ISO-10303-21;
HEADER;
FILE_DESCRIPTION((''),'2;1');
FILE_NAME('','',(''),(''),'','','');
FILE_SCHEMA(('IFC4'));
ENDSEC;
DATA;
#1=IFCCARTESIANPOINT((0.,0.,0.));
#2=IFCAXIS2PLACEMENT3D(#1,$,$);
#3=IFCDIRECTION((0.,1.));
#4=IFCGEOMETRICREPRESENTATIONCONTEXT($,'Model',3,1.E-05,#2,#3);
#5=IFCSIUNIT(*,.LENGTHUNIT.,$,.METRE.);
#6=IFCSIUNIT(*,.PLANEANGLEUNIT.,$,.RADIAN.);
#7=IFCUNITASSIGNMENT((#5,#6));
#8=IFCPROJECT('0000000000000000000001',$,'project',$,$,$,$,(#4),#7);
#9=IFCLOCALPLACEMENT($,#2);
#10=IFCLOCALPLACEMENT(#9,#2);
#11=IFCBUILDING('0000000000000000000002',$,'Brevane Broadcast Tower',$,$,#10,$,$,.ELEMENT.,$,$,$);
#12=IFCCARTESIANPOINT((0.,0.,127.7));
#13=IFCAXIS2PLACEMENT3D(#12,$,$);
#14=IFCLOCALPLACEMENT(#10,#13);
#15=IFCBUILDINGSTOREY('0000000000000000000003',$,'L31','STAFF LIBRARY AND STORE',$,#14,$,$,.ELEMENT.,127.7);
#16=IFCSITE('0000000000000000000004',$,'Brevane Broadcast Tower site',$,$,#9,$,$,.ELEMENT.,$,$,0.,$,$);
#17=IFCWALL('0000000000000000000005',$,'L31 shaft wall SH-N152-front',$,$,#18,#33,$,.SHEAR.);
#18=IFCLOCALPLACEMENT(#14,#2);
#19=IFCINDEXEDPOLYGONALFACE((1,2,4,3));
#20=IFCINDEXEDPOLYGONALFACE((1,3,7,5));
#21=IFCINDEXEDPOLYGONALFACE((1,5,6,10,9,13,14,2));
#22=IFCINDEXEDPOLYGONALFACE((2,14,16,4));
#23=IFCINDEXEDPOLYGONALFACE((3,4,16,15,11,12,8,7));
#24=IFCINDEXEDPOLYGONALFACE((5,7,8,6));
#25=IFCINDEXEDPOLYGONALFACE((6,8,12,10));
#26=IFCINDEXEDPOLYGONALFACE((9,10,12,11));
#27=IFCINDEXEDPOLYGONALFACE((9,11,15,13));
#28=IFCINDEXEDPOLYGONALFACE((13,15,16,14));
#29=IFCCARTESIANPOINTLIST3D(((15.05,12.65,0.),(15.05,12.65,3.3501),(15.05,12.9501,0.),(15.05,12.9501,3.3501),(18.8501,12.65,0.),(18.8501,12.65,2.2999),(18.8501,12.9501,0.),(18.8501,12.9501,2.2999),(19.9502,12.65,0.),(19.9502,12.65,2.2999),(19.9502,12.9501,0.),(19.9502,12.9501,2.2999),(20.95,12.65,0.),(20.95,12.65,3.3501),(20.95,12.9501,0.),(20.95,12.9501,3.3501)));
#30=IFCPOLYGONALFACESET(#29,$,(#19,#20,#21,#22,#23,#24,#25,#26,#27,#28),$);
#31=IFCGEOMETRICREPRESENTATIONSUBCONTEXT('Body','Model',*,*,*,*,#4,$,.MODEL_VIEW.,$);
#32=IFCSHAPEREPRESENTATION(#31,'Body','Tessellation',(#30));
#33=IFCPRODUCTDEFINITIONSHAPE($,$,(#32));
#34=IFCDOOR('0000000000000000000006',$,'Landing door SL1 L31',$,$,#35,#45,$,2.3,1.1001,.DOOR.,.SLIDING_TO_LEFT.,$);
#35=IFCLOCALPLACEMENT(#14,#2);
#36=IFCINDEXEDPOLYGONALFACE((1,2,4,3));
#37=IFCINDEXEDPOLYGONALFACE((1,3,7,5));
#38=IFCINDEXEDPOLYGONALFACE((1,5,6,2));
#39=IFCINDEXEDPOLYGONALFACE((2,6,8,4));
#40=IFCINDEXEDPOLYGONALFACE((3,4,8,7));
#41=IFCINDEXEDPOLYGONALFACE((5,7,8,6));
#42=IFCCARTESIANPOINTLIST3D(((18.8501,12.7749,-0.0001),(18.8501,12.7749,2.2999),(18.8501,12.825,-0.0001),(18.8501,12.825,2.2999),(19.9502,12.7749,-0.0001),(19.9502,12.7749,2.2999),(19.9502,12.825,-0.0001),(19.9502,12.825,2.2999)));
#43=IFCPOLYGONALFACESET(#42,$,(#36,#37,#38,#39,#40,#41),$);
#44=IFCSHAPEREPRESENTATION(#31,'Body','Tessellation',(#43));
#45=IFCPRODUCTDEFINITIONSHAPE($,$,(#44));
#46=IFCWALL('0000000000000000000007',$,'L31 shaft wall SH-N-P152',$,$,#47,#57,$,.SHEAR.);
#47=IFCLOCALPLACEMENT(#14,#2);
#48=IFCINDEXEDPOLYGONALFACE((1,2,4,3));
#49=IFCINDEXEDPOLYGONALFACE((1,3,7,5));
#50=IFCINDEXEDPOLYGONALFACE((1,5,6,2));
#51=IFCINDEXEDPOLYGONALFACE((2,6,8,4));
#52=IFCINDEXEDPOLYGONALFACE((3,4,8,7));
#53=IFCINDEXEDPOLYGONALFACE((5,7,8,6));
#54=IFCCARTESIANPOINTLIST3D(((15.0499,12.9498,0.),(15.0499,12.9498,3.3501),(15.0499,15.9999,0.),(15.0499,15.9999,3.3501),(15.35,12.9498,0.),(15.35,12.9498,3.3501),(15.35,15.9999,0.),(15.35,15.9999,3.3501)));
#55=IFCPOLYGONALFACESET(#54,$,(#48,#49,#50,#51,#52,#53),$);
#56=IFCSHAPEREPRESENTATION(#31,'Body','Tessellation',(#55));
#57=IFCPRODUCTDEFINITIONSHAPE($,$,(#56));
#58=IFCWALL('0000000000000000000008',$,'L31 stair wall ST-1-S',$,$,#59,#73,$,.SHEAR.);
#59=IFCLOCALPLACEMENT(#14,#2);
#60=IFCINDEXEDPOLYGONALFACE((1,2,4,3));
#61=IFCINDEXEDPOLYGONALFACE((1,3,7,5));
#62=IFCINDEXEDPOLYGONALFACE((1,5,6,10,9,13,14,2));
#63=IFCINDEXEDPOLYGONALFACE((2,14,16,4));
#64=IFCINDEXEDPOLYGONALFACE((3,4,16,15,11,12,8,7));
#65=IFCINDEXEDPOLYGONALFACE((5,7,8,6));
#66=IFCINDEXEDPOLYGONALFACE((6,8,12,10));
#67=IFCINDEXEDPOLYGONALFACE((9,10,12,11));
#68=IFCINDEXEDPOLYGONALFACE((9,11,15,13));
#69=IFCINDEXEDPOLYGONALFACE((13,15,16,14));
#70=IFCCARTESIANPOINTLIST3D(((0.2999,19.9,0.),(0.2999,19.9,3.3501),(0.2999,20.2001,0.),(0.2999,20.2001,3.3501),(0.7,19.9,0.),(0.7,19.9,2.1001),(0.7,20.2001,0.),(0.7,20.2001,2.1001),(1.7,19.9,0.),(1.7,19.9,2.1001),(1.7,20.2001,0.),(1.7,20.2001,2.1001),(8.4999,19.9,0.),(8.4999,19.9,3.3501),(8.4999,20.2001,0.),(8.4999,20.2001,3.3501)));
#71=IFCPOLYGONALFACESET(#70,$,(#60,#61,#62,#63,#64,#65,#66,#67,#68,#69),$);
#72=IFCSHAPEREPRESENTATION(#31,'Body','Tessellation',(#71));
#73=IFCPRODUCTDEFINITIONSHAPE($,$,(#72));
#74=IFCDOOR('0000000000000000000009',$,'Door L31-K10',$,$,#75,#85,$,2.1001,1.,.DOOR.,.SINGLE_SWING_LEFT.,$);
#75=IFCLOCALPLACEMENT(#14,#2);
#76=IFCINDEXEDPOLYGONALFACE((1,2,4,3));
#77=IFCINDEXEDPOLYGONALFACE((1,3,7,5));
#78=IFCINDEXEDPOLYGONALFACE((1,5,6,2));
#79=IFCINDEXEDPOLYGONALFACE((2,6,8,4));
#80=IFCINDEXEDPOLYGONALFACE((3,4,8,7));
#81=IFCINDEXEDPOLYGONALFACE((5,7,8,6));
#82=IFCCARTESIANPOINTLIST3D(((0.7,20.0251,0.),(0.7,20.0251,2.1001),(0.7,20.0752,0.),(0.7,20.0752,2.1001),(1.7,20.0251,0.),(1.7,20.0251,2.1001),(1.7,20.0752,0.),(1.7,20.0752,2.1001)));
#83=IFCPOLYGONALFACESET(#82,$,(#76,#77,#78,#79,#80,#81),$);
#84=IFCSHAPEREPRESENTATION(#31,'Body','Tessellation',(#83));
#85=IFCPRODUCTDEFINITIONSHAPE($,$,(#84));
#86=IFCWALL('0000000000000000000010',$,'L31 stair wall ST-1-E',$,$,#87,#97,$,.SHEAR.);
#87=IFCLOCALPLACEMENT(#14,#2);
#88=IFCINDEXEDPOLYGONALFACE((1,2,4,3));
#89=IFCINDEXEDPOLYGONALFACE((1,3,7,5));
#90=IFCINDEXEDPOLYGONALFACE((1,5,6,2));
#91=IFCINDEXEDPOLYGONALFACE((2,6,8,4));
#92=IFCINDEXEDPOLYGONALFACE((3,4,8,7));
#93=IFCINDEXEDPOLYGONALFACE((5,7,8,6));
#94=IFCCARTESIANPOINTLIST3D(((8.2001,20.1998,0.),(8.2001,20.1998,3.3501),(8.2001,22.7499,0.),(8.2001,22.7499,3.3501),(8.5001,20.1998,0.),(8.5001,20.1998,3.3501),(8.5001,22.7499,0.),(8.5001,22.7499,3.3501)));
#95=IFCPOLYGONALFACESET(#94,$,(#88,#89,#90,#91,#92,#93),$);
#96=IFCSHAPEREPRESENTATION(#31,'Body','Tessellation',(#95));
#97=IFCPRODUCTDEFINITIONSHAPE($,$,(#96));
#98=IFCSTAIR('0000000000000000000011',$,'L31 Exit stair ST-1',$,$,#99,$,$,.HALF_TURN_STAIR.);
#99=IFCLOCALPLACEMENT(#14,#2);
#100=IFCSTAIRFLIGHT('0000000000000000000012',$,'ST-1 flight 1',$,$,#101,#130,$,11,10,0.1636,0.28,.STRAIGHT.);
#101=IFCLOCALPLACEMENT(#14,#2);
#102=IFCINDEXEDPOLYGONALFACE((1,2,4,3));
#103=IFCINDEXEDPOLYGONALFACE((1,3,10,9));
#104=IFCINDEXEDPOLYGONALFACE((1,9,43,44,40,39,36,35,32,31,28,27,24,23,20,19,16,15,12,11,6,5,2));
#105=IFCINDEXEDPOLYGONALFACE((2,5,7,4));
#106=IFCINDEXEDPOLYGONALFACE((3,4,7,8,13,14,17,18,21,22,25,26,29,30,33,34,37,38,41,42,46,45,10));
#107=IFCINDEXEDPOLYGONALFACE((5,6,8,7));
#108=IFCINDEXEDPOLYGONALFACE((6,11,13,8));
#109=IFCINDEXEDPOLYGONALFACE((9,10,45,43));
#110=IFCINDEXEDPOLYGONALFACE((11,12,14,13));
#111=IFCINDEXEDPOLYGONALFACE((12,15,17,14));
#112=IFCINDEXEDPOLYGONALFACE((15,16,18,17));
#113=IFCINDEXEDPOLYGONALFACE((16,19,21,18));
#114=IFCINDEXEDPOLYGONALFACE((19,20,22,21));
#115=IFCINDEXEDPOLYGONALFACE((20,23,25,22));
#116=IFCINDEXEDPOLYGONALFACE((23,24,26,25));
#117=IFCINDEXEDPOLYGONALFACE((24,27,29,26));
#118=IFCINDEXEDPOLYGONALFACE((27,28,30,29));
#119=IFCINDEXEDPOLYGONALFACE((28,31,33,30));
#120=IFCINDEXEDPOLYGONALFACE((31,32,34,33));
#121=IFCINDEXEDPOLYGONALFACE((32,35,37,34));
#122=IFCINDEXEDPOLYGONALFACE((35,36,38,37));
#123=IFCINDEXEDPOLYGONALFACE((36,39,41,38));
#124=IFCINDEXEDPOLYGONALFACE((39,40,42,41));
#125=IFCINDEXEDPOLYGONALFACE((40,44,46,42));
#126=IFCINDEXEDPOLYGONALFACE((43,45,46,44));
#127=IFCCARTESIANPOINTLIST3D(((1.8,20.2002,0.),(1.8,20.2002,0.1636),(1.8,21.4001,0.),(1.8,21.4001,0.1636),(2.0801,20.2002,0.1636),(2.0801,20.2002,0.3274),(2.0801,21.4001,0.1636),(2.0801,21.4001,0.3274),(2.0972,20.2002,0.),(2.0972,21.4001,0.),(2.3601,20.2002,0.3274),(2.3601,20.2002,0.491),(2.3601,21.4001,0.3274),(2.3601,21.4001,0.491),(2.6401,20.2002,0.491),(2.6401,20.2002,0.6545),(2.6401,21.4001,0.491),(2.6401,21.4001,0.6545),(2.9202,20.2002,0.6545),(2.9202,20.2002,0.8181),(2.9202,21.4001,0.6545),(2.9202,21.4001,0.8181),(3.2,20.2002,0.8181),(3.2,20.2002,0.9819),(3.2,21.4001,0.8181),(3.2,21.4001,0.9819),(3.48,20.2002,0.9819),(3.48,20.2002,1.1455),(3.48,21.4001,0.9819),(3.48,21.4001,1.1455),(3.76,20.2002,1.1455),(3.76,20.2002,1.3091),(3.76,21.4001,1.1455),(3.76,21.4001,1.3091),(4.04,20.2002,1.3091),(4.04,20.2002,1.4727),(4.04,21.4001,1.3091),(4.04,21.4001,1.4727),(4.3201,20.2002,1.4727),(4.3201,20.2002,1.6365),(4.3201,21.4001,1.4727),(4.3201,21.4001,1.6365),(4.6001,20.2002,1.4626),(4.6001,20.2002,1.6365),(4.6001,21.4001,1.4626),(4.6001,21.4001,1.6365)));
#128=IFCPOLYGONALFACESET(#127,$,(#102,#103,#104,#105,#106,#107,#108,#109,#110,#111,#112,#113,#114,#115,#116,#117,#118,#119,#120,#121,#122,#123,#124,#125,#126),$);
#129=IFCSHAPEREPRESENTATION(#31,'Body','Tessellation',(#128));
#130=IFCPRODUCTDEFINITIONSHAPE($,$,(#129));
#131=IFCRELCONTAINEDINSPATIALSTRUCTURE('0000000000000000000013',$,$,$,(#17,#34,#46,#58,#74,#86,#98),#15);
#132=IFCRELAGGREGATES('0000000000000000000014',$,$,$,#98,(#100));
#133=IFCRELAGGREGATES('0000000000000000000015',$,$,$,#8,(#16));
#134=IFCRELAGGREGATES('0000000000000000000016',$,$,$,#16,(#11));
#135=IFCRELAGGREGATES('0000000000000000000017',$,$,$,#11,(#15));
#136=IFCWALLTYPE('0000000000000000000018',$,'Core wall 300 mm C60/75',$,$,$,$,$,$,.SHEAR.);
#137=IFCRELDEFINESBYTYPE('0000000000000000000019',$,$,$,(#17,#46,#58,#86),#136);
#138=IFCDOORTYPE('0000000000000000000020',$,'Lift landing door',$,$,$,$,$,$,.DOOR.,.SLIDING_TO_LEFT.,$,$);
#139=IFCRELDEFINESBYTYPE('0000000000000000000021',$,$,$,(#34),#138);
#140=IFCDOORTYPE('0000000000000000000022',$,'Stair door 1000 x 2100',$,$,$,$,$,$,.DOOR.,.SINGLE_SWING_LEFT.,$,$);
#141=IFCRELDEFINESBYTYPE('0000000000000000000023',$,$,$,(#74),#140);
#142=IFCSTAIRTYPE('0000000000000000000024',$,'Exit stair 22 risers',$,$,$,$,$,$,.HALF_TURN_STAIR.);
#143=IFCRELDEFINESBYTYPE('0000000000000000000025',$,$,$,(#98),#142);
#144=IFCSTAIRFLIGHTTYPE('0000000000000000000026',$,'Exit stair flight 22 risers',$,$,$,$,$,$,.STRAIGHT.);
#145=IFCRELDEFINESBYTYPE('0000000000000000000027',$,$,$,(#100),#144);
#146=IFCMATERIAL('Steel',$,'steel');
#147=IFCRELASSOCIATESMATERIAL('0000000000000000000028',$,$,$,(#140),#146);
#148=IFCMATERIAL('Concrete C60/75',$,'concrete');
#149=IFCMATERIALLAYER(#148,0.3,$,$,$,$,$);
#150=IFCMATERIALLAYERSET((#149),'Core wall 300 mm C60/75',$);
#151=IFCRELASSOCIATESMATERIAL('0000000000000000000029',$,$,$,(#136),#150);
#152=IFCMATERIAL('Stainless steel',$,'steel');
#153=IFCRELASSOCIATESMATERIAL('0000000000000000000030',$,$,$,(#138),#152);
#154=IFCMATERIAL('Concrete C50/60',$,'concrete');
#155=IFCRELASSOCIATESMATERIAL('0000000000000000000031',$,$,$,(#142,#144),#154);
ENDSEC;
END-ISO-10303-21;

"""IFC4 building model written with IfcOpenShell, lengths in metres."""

from ifc_helpers import new_model, si_unit, direction, frame, frame_2d, origin, place, context, subcontext, project, spatial, polyline, rectangle, outline, extrude, material, layer, layer_set, type_object, element, fill, aggregate, save


model = new_model("IFC4")

# Units and contexts
model_context = context("Model", 3, precision=1e-05, world=origin(), true_north=direction((0.0, 1.0)))
body_context = subcontext(model_context, "Body", "Model", "MODEL_VIEW")
ifc_project = project(units=[si_unit("LENGTHUNIT", "METRE"), si_unit("PLANEANGLEUNIT", "RADIAN")], contexts=[model_context])

# Site, building, storey
site_placement = place(None, origin())
site = spatial("IfcSite", under=ifc_project, at=site_placement, Name="Brevane Broadcast Tower site", CompositionType="ELEMENT", RefElevation=0.0)
building_placement = place(site_placement, origin())
building = spatial("IfcBuilding", under=site, at=building_placement, Name="Brevane Broadcast Tower", CompositionType="ELEMENT")
storey_placement = place(building_placement, frame((0.0, 0.0, 127.7)))
storey = spatial("IfcBuildingStorey", under=building, at=storey_placement, Name="L31", Description="STAFF LIBRARY AND STORE", CompositionType="ELEMENT", Elevation=127.7)

# Shared definitions
ifc_material_1 = material(Name="Steel", Category="steel")
door_type_1 = type_object("IfcDoorType", Name="Stair door 1000 x 2100", OperationType="SINGLE_SWING_LEFT", PredefinedType="DOOR", material=ifc_material_1)

# Shared definitions
ifc_material_2 = material(Name="Concrete C60/75", Category="concrete")
ifc_layer_1 = layer(ifc_material_2, 0.3)
ifc_layer_set_1 = layer_set([ifc_layer_1], Name="Core wall 300 mm C60/75")
wall_type_1 = type_object("IfcWallType", Name="Core wall 300 mm C60/75", PredefinedType="SHEAR", material=ifc_layer_set_1)

# Wall, opening, door
wall_1_placement = place(storey_placement, frame((15.05, 12.8, 0.0), z_axis=(0.0, 0.0, 1.0), x_axis=(1.0, 0.0, 0.0)))
wall_1 = element("IfcWall", 1, at=wall_1_placement, inside=storey, type_object=wall_type_1, Name="L31 shaft wall SH-N152-front", PredefinedType="SHEAR", context=body_context, shape_type="SweptSolid", body=[
    extrude(rectangle(XDim=5.8999, YDim=0.3, at=frame_2d((2.95, 0.0))), origin(), (0.0, 0.0, 1.0), 3.3501),
])
opening_1_placement = place(wall_1_placement, frame((3.8, 0.0, 0.0)))
opening_1 = element("IfcOpeningElement", 2, at=opening_1_placement, cuts=wall_1, PredefinedType="OPENING", context=body_context, shape_type="SweptSolid", body=[
    extrude(rectangle(XDim=1.1001, YDim=2.3, at=frame_2d((0.55, 1.1499))), frame((0.0, 0.1599, 0.0), z_axis=(0.0, -1.0, 0.0), x_axis=(1.0, 0.0, 0.0)), (0.0, 0.0, 1.0), 0.3201),
])
ifc_material_3 = material(Name="Stainless steel", Category="steel")
door_type_2 = type_object("IfcDoorType", Name="Lift landing door", OperationType="SLIDING_TO_LEFT", PredefinedType="DOOR", material=ifc_material_3)
door_1_placement = place(opening_1_placement, origin())
door_1 = element("IfcDoor", 3, at=door_1_placement, inside=storey, type_object=door_type_2, Name="Landing door SL1 L31", OperationType="SLIDING_TO_LEFT", OverallHeight=2.3, OverallWidth=1.1001, PredefinedType="DOOR", context=body_context, shape_type="SweptSolid", body=[
    extrude(rectangle(XDim=1.1001, YDim=2.3, at=frame_2d((0.55, 1.1499))), frame((0.0, 0.0249, 0.0), z_axis=(0.0, -1.0, 0.0), x_axis=(1.0, 0.0, 0.0)), (0.0, 0.0, 1.0), 0.05),
])
fill(opening_1, door_1)

# Wall
wall_2_placement = place(storey_placement, frame((15.2, 12.95, 0.0), z_axis=(0.0, 0.0, 1.0), x_axis=(0.0, 1.0, 0.0)))
element("IfcWall", 4, at=wall_2_placement, inside=storey, type_object=wall_type_1, Name="L31 shaft wall SH-N-P152", PredefinedType="SHEAR", context=body_context, shape_type="SweptSolid", body=[
    extrude(rectangle(XDim=3.05, YDim=0.3, at=frame_2d((1.5249, 0.0))), origin(), (0.0, 0.0, 1.0), 3.3501),
])

# Wall, opening, door
wall_3_placement = place(storey_placement, frame((8.5, 20.05, 0.0), z_axis=(0.0, 0.0, 1.0), x_axis=(-1.0, 0.0, 0.0)))
wall_3 = element("IfcWall", 5, at=wall_3_placement, inside=storey, type_object=wall_type_1, Name="L31 stair wall ST-1-S", PredefinedType="SHEAR", context=body_context, shape_type="SweptSolid", body=[
    extrude(rectangle(XDim=8.2, YDim=0.3, at=frame_2d((4.1001, 0.0))), origin(), (0.0, 0.0, 1.0), 3.3501),
])
opening_2_placement = place(wall_3_placement, frame((6.8, 0.0, 0.0)))
opening_2 = element("IfcOpeningElement", 6, at=opening_2_placement, cuts=wall_3, PredefinedType="OPENING", context=body_context, shape_type="SweptSolid", body=[
    extrude(rectangle(XDim=1.0, YDim=2.1001, at=frame_2d((0.5, 1.05))), frame((0.0, 0.1599, 0.0), z_axis=(0.0, -1.0, 0.0), x_axis=(1.0, 0.0, 0.0)), (0.0, 0.0, 1.0), 0.3201),
])
door_2_placement = place(opening_2_placement, origin())
door_2 = element("IfcDoor", 7, at=door_2_placement, inside=storey, type_object=door_type_1, Name="Door L31-K10", OperationType="SINGLE_SWING_LEFT", OverallHeight=2.1001, OverallWidth=1.0, PredefinedType="DOOR", context=body_context, shape_type="SweptSolid", body=[
    extrude(rectangle(XDim=1.0, YDim=2.1001, at=frame_2d((0.5, 1.05))), frame((0.0, 0.0249, 0.0), z_axis=(0.0, -1.0, 0.0), x_axis=(1.0, 0.0, 0.0)), (0.0, 0.0, 1.0), 0.05),
])
fill(opening_2, door_2)

# Wall
wall_4_placement = place(storey_placement, frame((8.3501, 20.2, 0.0), z_axis=(0.0, 0.0, 1.0), x_axis=(0.0, 1.0, 0.0)))
element("IfcWall", 8, at=wall_4_placement, inside=storey, type_object=wall_type_1, Name="L31 stair wall ST-1-E", PredefinedType="SHEAR", context=body_context, shape_type="SweptSolid", body=[
    extrude(rectangle(XDim=2.55, YDim=0.3, at=frame_2d((1.2749, 0.0))), origin(), (0.0, 0.0, 1.0), 3.3501),
])

# Stair, stair flight
ifc_material_4 = material(Name="Concrete C50/60", Category="concrete")
stair_type = type_object("IfcStairType", Name="Exit stair 22 risers", PredefinedType="HALF_TURN_STAIR", material=ifc_material_4)
stair_placement = place(storey_placement, origin())
stair = element("IfcStair", 9, at=stair_placement, inside=storey, type_object=stair_type, Name="L31 Exit stair ST-1", PredefinedType="HALF_TURN_STAIR")
stair_flight_type = type_object("IfcStairFlightType", Name="Exit stair flight 22 risers", PredefinedType="STRAIGHT", material=ifc_material_4)
stair_flight_placement = place(storey_placement, frame((1.8, 20.8, 0.0), z_axis=(0.0, 0.0, 1.0), x_axis=(1.0, 0.0, 0.0)))
stair_flight = element("IfcStairFlight", 10, at=stair_flight_placement, type_object=stair_flight_type, Name="ST-1 flight 1", NumberOfRisers=11, NumberOfTreads=10, PredefinedType="STRAIGHT", RiserHeight=0.1636, TreadLength=0.28, context=body_context, shape_type="SweptSolid", body=[
    extrude(outline(polyline([(0.0, 0.0), (0.0, 0.1636), (0.28, 0.1636), (0.28, 0.3274), (0.5601, 0.3274), (0.5601, 0.491), (0.8401, 0.491), (0.8401, 0.6545), (1.1201, 0.6545), (1.1201, 0.8181), (1.3999, 0.8181), (1.3999, 0.9819), (1.6799, 0.9819), (1.6799, 1.1455), (1.96, 1.1455), (1.96, 1.3091), (2.24, 1.3091), (2.24, 1.4727), (2.52, 1.4727), (2.52, 1.6365), (2.8, 1.6365), (2.8, 1.8), (2.8, 1.4626), (0.2971, 0.0), (0.0, 0.0)])), frame((0.0, 0.6001, 0.0), z_axis=(0.0, -1.0, 0.0), x_axis=(1.0, 0.0, 0.0)), (0.0, 0.0, 1.0), 1.2),
])
aggregate(stair, [stair_flight])

save(model, "model.ifc")
